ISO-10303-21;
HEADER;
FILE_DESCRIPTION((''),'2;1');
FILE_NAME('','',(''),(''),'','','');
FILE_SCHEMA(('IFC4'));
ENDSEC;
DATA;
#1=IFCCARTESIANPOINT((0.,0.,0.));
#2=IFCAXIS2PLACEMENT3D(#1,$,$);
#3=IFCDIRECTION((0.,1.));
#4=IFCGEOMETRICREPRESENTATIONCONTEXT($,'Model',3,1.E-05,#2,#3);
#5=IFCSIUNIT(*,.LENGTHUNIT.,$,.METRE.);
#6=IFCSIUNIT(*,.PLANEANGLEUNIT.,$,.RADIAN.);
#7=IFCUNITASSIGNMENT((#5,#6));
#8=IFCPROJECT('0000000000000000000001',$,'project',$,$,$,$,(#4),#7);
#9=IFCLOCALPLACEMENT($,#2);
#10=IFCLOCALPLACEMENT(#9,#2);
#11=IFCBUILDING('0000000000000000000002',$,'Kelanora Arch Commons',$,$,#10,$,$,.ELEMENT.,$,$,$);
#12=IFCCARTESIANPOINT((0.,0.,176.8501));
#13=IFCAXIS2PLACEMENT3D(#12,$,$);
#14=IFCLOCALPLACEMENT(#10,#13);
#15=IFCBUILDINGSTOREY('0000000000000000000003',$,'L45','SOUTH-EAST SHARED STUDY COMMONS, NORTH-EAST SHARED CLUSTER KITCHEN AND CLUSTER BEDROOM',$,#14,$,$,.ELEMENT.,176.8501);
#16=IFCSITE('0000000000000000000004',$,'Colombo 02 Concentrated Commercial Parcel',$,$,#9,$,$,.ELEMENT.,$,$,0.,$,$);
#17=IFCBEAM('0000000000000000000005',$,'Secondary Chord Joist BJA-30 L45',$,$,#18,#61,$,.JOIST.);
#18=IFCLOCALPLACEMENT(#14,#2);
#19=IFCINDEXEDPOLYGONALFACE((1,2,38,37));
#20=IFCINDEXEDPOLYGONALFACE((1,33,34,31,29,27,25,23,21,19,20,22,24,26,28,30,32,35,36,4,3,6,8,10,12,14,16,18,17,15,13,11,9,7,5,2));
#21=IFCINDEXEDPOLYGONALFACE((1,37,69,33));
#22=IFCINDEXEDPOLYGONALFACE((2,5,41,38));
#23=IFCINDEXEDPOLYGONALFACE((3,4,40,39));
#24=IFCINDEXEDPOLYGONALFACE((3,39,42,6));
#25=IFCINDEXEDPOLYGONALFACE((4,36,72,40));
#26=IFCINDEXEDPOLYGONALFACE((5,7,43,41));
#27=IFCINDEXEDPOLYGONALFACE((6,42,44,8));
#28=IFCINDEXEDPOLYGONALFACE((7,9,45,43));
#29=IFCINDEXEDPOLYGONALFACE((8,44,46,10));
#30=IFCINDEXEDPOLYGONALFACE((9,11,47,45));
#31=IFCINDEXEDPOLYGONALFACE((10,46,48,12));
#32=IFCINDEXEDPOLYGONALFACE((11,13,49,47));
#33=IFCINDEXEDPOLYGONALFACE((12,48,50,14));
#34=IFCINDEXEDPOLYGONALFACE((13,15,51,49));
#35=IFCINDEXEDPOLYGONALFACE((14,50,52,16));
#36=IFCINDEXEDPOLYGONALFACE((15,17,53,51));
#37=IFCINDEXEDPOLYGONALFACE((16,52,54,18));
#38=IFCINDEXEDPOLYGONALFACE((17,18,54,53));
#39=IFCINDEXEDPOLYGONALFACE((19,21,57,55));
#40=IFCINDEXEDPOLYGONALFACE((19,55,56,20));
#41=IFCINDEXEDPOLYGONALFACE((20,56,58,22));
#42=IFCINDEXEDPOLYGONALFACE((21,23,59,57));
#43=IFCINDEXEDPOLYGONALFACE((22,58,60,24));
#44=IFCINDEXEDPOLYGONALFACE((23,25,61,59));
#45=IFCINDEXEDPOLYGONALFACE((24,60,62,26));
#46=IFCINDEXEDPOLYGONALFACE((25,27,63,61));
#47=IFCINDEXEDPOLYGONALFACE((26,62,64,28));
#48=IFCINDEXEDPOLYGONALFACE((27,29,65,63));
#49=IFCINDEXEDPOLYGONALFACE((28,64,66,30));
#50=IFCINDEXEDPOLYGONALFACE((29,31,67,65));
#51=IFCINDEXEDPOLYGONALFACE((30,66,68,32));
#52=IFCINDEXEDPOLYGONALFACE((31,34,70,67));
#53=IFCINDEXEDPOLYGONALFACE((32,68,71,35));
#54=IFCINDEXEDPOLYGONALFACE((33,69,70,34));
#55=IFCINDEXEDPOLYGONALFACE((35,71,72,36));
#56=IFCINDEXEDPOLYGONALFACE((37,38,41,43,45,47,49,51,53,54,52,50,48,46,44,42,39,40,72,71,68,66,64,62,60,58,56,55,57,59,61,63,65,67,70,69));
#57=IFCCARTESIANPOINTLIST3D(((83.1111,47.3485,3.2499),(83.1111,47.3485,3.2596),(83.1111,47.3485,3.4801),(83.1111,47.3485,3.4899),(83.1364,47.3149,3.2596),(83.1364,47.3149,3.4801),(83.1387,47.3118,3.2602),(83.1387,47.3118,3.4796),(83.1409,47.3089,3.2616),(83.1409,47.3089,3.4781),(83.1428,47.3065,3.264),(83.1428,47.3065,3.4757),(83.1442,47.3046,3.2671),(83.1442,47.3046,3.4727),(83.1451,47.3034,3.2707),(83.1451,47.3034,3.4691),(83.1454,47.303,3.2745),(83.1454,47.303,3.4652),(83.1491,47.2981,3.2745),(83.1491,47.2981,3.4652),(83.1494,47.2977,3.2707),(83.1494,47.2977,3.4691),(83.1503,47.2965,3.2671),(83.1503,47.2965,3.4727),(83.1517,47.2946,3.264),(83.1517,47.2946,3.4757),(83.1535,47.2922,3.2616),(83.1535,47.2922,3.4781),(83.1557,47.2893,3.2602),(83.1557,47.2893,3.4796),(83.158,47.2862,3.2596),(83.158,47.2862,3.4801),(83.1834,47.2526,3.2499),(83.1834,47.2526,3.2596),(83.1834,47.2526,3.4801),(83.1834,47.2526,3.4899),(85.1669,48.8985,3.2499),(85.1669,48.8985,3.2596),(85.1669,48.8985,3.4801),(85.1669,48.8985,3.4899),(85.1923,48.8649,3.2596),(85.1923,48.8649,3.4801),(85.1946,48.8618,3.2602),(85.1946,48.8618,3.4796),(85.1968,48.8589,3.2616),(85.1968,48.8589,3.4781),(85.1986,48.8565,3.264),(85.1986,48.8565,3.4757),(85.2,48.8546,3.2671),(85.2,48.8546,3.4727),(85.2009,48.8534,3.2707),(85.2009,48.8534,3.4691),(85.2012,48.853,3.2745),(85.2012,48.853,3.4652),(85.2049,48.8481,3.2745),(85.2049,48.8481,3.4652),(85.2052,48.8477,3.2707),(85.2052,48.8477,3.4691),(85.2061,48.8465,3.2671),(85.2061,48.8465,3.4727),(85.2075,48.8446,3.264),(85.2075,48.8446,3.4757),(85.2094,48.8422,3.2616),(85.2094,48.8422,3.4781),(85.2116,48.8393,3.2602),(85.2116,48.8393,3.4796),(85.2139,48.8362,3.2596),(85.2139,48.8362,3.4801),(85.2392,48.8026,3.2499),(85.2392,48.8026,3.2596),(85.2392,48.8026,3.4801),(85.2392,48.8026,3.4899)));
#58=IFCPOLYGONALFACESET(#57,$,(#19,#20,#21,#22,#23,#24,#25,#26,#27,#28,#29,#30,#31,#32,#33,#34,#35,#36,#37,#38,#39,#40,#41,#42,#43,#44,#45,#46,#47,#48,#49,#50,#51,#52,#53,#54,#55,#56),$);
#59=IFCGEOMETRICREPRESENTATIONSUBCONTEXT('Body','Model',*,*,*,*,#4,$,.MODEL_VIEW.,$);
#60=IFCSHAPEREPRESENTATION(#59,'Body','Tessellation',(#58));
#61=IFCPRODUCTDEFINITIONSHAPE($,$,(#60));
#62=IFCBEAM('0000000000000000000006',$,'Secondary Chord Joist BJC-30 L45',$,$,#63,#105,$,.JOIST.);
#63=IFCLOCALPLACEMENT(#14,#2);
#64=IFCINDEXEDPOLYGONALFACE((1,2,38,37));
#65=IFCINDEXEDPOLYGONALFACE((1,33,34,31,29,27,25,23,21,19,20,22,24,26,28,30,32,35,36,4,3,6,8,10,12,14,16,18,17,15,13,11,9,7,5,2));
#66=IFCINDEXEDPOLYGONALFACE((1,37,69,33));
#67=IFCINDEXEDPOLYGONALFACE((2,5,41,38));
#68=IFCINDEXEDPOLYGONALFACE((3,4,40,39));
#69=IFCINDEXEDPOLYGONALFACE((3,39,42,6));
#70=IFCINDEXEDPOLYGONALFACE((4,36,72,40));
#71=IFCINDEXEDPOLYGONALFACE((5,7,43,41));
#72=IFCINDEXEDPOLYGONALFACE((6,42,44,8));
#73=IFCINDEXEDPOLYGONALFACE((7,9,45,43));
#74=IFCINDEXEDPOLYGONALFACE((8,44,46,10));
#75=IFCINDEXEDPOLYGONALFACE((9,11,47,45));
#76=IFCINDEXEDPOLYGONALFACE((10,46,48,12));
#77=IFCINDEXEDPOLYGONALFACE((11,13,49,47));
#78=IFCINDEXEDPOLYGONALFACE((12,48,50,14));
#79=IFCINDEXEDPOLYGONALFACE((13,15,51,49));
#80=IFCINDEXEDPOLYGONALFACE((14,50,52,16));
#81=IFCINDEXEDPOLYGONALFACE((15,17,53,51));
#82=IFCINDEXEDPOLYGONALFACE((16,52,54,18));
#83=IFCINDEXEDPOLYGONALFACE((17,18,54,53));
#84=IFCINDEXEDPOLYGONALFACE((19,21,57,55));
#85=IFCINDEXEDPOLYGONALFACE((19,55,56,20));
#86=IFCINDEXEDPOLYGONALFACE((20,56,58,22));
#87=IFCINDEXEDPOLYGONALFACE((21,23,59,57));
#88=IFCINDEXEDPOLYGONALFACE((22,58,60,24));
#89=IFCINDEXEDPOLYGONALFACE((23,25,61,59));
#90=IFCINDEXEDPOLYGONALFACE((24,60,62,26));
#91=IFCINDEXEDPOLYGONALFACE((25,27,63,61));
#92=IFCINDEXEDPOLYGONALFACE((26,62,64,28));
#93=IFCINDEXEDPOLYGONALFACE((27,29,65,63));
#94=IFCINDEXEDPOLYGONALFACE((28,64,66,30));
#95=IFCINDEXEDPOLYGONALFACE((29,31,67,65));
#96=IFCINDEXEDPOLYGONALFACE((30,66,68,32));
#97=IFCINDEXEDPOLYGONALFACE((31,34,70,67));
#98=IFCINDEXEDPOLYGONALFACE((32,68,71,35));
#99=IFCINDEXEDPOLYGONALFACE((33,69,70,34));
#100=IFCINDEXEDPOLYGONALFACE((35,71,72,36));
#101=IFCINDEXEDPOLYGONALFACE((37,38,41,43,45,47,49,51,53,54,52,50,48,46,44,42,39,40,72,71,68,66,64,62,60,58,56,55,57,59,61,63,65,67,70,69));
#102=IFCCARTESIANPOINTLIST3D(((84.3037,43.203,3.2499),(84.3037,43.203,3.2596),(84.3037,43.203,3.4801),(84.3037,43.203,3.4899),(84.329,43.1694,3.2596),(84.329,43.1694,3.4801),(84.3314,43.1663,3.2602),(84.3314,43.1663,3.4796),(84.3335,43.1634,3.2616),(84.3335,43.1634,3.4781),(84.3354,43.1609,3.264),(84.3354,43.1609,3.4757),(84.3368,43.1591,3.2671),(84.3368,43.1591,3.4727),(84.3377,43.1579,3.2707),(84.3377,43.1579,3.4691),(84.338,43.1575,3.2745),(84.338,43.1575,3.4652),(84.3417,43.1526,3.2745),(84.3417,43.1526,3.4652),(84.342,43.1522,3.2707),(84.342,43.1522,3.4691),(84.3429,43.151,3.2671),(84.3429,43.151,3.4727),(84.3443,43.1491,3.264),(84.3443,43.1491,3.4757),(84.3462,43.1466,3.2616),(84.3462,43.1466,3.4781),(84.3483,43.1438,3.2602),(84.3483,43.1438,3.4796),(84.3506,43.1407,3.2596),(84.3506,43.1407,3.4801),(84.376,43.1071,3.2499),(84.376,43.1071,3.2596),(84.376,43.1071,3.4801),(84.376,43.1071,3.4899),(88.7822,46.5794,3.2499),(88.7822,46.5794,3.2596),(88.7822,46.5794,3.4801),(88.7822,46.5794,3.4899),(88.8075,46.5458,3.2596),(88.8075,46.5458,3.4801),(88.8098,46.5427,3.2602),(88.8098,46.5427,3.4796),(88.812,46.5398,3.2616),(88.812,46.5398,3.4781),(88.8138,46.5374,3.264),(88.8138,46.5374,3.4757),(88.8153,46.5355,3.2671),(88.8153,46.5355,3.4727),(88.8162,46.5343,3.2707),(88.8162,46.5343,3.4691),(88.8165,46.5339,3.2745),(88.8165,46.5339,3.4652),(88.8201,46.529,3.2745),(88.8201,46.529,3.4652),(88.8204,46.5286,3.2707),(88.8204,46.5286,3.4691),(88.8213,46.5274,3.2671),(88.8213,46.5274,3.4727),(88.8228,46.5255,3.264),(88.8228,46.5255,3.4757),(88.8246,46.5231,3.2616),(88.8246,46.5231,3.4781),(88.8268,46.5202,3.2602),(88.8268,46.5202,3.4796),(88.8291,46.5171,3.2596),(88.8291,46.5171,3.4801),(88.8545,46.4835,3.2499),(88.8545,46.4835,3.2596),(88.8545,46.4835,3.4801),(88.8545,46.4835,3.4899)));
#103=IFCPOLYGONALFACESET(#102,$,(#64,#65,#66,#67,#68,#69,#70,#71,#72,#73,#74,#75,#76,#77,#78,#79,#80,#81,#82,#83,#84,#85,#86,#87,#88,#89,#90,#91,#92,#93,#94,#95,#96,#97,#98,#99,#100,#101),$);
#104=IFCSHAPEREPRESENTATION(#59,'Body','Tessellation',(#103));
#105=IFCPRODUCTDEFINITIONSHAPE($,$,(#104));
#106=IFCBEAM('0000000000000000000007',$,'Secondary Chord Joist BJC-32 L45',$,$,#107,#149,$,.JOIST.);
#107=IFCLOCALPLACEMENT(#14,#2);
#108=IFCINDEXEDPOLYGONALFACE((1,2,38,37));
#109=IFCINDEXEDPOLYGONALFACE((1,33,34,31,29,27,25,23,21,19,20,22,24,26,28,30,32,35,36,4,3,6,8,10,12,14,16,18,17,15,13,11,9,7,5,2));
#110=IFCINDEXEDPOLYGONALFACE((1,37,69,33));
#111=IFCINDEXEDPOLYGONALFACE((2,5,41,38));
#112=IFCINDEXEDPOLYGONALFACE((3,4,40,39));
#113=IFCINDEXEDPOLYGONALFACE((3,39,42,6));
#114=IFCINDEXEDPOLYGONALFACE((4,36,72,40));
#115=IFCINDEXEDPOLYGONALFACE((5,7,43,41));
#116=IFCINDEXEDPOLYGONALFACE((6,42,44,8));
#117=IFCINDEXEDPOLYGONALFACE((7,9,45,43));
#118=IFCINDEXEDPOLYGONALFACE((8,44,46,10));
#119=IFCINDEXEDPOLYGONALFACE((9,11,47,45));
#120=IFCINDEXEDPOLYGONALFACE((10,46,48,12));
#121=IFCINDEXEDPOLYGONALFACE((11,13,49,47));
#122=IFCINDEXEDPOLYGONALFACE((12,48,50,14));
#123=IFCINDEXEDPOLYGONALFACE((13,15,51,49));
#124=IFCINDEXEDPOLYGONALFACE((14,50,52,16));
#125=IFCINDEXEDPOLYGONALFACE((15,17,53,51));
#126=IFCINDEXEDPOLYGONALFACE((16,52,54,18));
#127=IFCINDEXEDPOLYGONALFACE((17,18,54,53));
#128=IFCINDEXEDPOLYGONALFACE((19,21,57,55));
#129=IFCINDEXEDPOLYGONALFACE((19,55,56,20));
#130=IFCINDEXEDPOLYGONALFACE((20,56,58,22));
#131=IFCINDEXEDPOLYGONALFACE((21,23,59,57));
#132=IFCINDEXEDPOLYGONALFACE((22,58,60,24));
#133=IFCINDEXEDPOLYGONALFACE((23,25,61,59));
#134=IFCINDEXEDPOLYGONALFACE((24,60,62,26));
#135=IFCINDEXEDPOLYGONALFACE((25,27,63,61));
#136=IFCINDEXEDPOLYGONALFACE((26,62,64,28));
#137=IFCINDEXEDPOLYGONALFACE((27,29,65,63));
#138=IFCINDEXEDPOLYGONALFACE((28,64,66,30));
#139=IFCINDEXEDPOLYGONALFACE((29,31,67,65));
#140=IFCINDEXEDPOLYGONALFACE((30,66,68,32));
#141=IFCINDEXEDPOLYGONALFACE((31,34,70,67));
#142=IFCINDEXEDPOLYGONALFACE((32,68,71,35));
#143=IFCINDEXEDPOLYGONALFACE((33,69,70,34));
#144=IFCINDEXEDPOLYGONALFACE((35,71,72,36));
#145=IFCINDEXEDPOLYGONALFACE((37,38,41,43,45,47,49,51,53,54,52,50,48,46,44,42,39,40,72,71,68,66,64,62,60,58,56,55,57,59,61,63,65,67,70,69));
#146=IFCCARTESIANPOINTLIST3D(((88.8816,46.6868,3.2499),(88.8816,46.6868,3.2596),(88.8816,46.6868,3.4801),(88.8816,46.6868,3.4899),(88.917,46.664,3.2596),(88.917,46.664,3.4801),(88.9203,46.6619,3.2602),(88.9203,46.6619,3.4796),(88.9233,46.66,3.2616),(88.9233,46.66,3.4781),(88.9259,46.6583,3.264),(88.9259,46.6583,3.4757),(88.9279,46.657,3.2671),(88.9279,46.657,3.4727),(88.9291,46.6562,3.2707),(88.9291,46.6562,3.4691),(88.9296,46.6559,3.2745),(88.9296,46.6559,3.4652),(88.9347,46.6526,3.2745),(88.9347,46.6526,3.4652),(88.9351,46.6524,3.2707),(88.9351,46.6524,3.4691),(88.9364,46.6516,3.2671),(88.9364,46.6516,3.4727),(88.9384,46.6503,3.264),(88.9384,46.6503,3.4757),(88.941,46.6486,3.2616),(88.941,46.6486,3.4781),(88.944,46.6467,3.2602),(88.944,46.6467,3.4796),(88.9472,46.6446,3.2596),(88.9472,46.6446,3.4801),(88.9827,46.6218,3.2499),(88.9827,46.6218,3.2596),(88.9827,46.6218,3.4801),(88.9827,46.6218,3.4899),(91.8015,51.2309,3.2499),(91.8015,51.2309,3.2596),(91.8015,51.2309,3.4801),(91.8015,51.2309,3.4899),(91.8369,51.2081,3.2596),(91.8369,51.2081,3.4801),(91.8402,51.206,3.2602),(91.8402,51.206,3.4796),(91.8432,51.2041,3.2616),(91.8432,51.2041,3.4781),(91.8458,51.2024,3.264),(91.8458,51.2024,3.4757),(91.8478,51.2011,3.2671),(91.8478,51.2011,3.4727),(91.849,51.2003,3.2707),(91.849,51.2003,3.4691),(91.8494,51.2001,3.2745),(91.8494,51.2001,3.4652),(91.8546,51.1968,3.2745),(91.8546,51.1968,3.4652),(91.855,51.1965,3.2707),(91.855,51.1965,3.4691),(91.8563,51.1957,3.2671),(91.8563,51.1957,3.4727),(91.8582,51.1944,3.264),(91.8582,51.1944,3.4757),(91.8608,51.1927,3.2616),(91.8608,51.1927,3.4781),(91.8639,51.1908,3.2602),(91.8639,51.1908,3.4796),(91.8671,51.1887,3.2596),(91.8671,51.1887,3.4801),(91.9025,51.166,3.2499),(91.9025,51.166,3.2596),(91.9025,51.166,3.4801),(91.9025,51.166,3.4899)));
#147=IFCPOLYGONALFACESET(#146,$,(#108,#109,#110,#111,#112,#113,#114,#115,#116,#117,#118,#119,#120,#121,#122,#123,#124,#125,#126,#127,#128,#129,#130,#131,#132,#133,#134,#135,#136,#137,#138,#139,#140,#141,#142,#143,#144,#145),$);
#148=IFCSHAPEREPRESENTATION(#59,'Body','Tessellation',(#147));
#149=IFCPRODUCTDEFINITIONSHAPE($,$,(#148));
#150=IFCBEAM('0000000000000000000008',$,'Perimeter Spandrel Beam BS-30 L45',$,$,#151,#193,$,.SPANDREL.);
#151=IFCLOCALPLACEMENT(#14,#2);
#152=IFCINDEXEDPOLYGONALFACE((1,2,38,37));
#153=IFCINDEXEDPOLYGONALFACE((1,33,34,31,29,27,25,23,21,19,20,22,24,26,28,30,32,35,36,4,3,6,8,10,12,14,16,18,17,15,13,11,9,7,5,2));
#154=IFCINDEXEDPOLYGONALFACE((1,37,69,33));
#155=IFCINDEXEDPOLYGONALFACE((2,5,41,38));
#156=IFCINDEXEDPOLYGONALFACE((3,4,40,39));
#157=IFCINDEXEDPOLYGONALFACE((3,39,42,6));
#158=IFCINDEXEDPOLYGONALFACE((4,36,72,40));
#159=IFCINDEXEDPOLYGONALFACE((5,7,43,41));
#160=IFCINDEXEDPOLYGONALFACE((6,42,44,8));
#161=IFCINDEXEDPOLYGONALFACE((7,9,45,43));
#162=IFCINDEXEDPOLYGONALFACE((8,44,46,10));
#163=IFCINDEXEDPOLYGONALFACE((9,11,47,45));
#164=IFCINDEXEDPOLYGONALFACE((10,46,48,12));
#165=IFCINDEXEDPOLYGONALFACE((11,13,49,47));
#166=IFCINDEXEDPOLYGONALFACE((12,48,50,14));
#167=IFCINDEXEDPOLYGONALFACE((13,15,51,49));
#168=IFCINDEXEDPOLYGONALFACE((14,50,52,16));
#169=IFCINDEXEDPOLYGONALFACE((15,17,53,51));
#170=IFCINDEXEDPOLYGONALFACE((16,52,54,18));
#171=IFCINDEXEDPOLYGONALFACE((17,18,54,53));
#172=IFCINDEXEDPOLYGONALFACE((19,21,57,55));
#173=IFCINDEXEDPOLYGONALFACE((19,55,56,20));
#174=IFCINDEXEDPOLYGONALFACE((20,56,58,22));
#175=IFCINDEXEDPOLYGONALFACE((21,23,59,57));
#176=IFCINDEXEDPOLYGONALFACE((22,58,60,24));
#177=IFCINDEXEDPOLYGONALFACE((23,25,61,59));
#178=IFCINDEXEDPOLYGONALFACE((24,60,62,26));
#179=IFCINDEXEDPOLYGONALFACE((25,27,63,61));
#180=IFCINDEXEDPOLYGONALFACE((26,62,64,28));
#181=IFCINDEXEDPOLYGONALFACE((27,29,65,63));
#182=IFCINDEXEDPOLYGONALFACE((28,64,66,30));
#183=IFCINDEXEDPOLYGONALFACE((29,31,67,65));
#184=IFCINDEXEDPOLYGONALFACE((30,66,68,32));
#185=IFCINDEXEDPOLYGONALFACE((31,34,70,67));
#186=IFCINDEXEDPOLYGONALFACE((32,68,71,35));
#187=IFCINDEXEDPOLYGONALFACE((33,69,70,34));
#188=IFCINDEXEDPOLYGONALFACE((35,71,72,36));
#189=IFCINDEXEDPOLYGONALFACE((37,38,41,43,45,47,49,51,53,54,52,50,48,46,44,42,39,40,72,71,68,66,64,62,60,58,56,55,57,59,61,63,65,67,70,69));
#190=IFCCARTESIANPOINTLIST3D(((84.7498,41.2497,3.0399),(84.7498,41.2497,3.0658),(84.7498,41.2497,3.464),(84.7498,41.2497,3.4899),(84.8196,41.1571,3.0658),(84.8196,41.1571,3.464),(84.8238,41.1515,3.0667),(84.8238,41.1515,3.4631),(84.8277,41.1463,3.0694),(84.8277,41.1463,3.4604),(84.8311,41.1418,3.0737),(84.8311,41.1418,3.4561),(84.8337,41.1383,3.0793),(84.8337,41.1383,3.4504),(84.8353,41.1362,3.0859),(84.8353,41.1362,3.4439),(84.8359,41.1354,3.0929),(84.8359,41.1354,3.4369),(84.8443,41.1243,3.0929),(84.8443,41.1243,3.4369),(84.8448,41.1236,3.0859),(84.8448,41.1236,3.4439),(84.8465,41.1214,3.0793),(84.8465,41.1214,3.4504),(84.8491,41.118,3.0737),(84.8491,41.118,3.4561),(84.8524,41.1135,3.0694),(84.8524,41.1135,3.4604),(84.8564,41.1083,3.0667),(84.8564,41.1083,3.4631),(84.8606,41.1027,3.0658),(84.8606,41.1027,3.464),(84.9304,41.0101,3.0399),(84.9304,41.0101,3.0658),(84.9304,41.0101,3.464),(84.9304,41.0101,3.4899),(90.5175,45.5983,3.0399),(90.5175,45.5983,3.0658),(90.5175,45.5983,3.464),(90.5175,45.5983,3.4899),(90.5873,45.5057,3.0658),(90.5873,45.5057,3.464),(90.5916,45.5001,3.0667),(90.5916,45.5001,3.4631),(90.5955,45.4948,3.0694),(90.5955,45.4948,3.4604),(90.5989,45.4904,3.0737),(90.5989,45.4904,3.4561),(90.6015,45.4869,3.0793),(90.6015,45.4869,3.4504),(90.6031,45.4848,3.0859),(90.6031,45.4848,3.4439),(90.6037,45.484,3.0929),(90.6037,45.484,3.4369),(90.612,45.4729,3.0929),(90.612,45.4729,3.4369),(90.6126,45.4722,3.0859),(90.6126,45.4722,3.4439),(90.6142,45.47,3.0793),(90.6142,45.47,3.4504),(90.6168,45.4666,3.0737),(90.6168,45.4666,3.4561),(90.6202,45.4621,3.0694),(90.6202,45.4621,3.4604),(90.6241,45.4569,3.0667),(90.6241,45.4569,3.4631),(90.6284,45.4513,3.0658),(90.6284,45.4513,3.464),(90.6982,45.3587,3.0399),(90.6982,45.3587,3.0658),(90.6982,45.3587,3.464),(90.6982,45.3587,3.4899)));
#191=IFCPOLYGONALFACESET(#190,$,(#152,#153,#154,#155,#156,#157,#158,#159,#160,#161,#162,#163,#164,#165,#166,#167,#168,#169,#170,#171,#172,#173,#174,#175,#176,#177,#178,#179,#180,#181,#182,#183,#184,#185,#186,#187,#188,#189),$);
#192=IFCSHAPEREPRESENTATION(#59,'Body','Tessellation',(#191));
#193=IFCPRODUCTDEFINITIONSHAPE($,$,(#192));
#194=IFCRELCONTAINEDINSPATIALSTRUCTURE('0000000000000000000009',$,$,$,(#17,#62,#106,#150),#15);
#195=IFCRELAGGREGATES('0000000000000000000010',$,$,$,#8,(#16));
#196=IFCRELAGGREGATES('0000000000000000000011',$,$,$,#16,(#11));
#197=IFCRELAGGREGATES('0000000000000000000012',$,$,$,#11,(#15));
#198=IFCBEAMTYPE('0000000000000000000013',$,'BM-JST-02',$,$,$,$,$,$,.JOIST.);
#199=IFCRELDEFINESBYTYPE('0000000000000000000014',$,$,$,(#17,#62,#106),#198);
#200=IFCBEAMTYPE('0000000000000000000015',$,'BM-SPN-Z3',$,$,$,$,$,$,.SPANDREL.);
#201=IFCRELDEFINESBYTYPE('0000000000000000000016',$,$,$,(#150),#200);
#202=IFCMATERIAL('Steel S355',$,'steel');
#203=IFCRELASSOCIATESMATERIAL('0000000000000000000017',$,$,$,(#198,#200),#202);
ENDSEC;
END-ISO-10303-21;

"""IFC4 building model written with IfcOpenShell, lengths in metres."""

from ifc_helpers import new_model, si_unit, direction, frame, origin, origin_2d, place, context, subcontext, project, spatial, i_section, extrude, material, material_profile, profile_set, type_object, element, save


model = new_model("IFC4")

# Units and contexts
model_context = context("Model", 3, precision=1e-05, world=origin(), true_north=direction((0.0, 1.0)))
body_context = subcontext(model_context, "Body", "Model", "MODEL_VIEW")
ifc_project = project(units=[si_unit("LENGTHUNIT", "METRE"), si_unit("PLANEANGLEUNIT", "RADIAN")], contexts=[model_context])

# Site, building, storey
site_placement = place(None, origin())
site = spatial("IfcSite", under=ifc_project, at=site_placement, Name="Colombo 02 Concentrated Commercial Parcel", CompositionType="ELEMENT", RefElevation=0.0)
building_placement = place(site_placement, origin())
building = spatial("IfcBuilding", under=site, at=building_placement, Name="Kelanora Arch Commons", CompositionType="ELEMENT")
storey_placement = place(building_placement, frame((0.0, 0.0, 176.8501)))
storey = spatial("IfcBuildingStorey", under=building, at=storey_placement, Name="L45", Description="SOUTH-EAST SHARED STUDY COMMONS, NORTH-EAST SHARED CLUSTER KITCHEN AND CLUSTER BEDROOM", CompositionType="ELEMENT", Elevation=176.8501)

# Beams
ifc_material_1 = material(Name="Steel S355", Category="steel")
ifc_material_profile_1 = material_profile(ifc_material_1, i_section(OverallWidth=0.1201, OverallDepth=0.24, WebThickness=0.0061, FlangeThickness=0.0098, FilletRadius=0.0149, at=origin_2d()), Name="IPE240")
ifc_profile_set_1 = profile_set([ifc_material_profile_1], Name="Steel S355")
beam_type_1 = type_object("IfcBeamType", Name="BM-JST-02", PredefinedType="JOIST", material=ifc_profile_set_1)
beam_1_placement = place(storey_placement, frame((83.1472, 47.3005, 3.3699), z_axis=(0.798484, 0.602016, 0.0), x_axis=(-0.602016, 0.798484, 0.0)))
element("IfcBeam", 1, at=beam_1_placement, inside=storey, type_object=beam_type_1, Name="Secondary Chord Joist BJA-30 L45", PredefinedType="JOIST", context=body_context, shape_type="SweptSolid", body=[
    extrude(i_section(OverallWidth=0.1201, OverallDepth=0.24, WebThickness=0.0061, FlangeThickness=0.0098, FilletRadius=0.0149, at=origin_2d()), origin(), (0.0, 0.0, 1.0), 2.5747),
])
beam_2_placement = place(storey_placement, frame((84.3398, 43.155, 3.3699), z_axis=(0.798493, 0.602004, 0.0), x_axis=(-0.602004, 0.798493, 0.0)))
element("IfcBeam", 2, at=beam_2_placement, inside=storey, type_object=beam_type_1, Name="Secondary Chord Joist BJC-30 L45", PredefinedType="JOIST", context=body_context, shape_type="SweptSolid", body=[
    extrude(i_section(OverallWidth=0.1201, OverallDepth=0.24, WebThickness=0.0061, FlangeThickness=0.0098, FilletRadius=0.0149, at=origin_2d()), origin(), (0.0, 0.0, 1.0), 5.6086),
])
beam_3_placement = place(storey_placement, frame((88.9321, 46.6543, 3.3699), z_axis=(0.540582, 0.841292, 0.0), x_axis=(-0.841292, 0.540582, 0.0)))
element("IfcBeam", 3, at=beam_3_placement, inside=storey, type_object=beam_type_1, Name="Secondary Chord Joist BJC-32 L45", PredefinedType="JOIST", context=body_context, shape_type="SweptSolid", body=[
    extrude(i_section(OverallWidth=0.1201, OverallDepth=0.24, WebThickness=0.0061, FlangeThickness=0.0098, FilletRadius=0.0149, at=origin_2d()), origin(), (0.0, 0.0, 1.0), 5.4014),
])
ifc_material_profile_2 = material_profile(ifc_material_1, i_section(OverallWidth=0.3, OverallDepth=0.45, WebThickness=0.0139, FlangeThickness=0.0259, FilletRadius=0.0271, at=origin_2d()), Name="HEB450")
ifc_profile_set_2 = profile_set([ifc_material_profile_2], Name="Steel S355")
beam_type_2 = type_object("IfcBeamType", Name="BM-SPN-Z3", PredefinedType="SPANDREL", material=ifc_profile_set_2)
beam_4_placement = place(storey_placement, frame((84.8401, 41.1299, 3.2649), z_axis=(0.798485, 0.602015, 0.0), x_axis=(-0.602015, 0.798485, 0.0)))
element("IfcBeam", 4, at=beam_4_placement, inside=storey, type_object=beam_type_2, Name="Perimeter Spandrel Beam BS-30 L45", PredefinedType="SPANDREL", context=body_context, shape_type="SweptSolid", body=[
    extrude(i_section(OverallWidth=0.3, OverallDepth=0.45, WebThickness=0.0139, FlangeThickness=0.0259, FilletRadius=0.0271, at=origin_2d()), origin(), (0.0, 0.0, 1.0), 7.2234),
])

save(model, "model.ifc")
